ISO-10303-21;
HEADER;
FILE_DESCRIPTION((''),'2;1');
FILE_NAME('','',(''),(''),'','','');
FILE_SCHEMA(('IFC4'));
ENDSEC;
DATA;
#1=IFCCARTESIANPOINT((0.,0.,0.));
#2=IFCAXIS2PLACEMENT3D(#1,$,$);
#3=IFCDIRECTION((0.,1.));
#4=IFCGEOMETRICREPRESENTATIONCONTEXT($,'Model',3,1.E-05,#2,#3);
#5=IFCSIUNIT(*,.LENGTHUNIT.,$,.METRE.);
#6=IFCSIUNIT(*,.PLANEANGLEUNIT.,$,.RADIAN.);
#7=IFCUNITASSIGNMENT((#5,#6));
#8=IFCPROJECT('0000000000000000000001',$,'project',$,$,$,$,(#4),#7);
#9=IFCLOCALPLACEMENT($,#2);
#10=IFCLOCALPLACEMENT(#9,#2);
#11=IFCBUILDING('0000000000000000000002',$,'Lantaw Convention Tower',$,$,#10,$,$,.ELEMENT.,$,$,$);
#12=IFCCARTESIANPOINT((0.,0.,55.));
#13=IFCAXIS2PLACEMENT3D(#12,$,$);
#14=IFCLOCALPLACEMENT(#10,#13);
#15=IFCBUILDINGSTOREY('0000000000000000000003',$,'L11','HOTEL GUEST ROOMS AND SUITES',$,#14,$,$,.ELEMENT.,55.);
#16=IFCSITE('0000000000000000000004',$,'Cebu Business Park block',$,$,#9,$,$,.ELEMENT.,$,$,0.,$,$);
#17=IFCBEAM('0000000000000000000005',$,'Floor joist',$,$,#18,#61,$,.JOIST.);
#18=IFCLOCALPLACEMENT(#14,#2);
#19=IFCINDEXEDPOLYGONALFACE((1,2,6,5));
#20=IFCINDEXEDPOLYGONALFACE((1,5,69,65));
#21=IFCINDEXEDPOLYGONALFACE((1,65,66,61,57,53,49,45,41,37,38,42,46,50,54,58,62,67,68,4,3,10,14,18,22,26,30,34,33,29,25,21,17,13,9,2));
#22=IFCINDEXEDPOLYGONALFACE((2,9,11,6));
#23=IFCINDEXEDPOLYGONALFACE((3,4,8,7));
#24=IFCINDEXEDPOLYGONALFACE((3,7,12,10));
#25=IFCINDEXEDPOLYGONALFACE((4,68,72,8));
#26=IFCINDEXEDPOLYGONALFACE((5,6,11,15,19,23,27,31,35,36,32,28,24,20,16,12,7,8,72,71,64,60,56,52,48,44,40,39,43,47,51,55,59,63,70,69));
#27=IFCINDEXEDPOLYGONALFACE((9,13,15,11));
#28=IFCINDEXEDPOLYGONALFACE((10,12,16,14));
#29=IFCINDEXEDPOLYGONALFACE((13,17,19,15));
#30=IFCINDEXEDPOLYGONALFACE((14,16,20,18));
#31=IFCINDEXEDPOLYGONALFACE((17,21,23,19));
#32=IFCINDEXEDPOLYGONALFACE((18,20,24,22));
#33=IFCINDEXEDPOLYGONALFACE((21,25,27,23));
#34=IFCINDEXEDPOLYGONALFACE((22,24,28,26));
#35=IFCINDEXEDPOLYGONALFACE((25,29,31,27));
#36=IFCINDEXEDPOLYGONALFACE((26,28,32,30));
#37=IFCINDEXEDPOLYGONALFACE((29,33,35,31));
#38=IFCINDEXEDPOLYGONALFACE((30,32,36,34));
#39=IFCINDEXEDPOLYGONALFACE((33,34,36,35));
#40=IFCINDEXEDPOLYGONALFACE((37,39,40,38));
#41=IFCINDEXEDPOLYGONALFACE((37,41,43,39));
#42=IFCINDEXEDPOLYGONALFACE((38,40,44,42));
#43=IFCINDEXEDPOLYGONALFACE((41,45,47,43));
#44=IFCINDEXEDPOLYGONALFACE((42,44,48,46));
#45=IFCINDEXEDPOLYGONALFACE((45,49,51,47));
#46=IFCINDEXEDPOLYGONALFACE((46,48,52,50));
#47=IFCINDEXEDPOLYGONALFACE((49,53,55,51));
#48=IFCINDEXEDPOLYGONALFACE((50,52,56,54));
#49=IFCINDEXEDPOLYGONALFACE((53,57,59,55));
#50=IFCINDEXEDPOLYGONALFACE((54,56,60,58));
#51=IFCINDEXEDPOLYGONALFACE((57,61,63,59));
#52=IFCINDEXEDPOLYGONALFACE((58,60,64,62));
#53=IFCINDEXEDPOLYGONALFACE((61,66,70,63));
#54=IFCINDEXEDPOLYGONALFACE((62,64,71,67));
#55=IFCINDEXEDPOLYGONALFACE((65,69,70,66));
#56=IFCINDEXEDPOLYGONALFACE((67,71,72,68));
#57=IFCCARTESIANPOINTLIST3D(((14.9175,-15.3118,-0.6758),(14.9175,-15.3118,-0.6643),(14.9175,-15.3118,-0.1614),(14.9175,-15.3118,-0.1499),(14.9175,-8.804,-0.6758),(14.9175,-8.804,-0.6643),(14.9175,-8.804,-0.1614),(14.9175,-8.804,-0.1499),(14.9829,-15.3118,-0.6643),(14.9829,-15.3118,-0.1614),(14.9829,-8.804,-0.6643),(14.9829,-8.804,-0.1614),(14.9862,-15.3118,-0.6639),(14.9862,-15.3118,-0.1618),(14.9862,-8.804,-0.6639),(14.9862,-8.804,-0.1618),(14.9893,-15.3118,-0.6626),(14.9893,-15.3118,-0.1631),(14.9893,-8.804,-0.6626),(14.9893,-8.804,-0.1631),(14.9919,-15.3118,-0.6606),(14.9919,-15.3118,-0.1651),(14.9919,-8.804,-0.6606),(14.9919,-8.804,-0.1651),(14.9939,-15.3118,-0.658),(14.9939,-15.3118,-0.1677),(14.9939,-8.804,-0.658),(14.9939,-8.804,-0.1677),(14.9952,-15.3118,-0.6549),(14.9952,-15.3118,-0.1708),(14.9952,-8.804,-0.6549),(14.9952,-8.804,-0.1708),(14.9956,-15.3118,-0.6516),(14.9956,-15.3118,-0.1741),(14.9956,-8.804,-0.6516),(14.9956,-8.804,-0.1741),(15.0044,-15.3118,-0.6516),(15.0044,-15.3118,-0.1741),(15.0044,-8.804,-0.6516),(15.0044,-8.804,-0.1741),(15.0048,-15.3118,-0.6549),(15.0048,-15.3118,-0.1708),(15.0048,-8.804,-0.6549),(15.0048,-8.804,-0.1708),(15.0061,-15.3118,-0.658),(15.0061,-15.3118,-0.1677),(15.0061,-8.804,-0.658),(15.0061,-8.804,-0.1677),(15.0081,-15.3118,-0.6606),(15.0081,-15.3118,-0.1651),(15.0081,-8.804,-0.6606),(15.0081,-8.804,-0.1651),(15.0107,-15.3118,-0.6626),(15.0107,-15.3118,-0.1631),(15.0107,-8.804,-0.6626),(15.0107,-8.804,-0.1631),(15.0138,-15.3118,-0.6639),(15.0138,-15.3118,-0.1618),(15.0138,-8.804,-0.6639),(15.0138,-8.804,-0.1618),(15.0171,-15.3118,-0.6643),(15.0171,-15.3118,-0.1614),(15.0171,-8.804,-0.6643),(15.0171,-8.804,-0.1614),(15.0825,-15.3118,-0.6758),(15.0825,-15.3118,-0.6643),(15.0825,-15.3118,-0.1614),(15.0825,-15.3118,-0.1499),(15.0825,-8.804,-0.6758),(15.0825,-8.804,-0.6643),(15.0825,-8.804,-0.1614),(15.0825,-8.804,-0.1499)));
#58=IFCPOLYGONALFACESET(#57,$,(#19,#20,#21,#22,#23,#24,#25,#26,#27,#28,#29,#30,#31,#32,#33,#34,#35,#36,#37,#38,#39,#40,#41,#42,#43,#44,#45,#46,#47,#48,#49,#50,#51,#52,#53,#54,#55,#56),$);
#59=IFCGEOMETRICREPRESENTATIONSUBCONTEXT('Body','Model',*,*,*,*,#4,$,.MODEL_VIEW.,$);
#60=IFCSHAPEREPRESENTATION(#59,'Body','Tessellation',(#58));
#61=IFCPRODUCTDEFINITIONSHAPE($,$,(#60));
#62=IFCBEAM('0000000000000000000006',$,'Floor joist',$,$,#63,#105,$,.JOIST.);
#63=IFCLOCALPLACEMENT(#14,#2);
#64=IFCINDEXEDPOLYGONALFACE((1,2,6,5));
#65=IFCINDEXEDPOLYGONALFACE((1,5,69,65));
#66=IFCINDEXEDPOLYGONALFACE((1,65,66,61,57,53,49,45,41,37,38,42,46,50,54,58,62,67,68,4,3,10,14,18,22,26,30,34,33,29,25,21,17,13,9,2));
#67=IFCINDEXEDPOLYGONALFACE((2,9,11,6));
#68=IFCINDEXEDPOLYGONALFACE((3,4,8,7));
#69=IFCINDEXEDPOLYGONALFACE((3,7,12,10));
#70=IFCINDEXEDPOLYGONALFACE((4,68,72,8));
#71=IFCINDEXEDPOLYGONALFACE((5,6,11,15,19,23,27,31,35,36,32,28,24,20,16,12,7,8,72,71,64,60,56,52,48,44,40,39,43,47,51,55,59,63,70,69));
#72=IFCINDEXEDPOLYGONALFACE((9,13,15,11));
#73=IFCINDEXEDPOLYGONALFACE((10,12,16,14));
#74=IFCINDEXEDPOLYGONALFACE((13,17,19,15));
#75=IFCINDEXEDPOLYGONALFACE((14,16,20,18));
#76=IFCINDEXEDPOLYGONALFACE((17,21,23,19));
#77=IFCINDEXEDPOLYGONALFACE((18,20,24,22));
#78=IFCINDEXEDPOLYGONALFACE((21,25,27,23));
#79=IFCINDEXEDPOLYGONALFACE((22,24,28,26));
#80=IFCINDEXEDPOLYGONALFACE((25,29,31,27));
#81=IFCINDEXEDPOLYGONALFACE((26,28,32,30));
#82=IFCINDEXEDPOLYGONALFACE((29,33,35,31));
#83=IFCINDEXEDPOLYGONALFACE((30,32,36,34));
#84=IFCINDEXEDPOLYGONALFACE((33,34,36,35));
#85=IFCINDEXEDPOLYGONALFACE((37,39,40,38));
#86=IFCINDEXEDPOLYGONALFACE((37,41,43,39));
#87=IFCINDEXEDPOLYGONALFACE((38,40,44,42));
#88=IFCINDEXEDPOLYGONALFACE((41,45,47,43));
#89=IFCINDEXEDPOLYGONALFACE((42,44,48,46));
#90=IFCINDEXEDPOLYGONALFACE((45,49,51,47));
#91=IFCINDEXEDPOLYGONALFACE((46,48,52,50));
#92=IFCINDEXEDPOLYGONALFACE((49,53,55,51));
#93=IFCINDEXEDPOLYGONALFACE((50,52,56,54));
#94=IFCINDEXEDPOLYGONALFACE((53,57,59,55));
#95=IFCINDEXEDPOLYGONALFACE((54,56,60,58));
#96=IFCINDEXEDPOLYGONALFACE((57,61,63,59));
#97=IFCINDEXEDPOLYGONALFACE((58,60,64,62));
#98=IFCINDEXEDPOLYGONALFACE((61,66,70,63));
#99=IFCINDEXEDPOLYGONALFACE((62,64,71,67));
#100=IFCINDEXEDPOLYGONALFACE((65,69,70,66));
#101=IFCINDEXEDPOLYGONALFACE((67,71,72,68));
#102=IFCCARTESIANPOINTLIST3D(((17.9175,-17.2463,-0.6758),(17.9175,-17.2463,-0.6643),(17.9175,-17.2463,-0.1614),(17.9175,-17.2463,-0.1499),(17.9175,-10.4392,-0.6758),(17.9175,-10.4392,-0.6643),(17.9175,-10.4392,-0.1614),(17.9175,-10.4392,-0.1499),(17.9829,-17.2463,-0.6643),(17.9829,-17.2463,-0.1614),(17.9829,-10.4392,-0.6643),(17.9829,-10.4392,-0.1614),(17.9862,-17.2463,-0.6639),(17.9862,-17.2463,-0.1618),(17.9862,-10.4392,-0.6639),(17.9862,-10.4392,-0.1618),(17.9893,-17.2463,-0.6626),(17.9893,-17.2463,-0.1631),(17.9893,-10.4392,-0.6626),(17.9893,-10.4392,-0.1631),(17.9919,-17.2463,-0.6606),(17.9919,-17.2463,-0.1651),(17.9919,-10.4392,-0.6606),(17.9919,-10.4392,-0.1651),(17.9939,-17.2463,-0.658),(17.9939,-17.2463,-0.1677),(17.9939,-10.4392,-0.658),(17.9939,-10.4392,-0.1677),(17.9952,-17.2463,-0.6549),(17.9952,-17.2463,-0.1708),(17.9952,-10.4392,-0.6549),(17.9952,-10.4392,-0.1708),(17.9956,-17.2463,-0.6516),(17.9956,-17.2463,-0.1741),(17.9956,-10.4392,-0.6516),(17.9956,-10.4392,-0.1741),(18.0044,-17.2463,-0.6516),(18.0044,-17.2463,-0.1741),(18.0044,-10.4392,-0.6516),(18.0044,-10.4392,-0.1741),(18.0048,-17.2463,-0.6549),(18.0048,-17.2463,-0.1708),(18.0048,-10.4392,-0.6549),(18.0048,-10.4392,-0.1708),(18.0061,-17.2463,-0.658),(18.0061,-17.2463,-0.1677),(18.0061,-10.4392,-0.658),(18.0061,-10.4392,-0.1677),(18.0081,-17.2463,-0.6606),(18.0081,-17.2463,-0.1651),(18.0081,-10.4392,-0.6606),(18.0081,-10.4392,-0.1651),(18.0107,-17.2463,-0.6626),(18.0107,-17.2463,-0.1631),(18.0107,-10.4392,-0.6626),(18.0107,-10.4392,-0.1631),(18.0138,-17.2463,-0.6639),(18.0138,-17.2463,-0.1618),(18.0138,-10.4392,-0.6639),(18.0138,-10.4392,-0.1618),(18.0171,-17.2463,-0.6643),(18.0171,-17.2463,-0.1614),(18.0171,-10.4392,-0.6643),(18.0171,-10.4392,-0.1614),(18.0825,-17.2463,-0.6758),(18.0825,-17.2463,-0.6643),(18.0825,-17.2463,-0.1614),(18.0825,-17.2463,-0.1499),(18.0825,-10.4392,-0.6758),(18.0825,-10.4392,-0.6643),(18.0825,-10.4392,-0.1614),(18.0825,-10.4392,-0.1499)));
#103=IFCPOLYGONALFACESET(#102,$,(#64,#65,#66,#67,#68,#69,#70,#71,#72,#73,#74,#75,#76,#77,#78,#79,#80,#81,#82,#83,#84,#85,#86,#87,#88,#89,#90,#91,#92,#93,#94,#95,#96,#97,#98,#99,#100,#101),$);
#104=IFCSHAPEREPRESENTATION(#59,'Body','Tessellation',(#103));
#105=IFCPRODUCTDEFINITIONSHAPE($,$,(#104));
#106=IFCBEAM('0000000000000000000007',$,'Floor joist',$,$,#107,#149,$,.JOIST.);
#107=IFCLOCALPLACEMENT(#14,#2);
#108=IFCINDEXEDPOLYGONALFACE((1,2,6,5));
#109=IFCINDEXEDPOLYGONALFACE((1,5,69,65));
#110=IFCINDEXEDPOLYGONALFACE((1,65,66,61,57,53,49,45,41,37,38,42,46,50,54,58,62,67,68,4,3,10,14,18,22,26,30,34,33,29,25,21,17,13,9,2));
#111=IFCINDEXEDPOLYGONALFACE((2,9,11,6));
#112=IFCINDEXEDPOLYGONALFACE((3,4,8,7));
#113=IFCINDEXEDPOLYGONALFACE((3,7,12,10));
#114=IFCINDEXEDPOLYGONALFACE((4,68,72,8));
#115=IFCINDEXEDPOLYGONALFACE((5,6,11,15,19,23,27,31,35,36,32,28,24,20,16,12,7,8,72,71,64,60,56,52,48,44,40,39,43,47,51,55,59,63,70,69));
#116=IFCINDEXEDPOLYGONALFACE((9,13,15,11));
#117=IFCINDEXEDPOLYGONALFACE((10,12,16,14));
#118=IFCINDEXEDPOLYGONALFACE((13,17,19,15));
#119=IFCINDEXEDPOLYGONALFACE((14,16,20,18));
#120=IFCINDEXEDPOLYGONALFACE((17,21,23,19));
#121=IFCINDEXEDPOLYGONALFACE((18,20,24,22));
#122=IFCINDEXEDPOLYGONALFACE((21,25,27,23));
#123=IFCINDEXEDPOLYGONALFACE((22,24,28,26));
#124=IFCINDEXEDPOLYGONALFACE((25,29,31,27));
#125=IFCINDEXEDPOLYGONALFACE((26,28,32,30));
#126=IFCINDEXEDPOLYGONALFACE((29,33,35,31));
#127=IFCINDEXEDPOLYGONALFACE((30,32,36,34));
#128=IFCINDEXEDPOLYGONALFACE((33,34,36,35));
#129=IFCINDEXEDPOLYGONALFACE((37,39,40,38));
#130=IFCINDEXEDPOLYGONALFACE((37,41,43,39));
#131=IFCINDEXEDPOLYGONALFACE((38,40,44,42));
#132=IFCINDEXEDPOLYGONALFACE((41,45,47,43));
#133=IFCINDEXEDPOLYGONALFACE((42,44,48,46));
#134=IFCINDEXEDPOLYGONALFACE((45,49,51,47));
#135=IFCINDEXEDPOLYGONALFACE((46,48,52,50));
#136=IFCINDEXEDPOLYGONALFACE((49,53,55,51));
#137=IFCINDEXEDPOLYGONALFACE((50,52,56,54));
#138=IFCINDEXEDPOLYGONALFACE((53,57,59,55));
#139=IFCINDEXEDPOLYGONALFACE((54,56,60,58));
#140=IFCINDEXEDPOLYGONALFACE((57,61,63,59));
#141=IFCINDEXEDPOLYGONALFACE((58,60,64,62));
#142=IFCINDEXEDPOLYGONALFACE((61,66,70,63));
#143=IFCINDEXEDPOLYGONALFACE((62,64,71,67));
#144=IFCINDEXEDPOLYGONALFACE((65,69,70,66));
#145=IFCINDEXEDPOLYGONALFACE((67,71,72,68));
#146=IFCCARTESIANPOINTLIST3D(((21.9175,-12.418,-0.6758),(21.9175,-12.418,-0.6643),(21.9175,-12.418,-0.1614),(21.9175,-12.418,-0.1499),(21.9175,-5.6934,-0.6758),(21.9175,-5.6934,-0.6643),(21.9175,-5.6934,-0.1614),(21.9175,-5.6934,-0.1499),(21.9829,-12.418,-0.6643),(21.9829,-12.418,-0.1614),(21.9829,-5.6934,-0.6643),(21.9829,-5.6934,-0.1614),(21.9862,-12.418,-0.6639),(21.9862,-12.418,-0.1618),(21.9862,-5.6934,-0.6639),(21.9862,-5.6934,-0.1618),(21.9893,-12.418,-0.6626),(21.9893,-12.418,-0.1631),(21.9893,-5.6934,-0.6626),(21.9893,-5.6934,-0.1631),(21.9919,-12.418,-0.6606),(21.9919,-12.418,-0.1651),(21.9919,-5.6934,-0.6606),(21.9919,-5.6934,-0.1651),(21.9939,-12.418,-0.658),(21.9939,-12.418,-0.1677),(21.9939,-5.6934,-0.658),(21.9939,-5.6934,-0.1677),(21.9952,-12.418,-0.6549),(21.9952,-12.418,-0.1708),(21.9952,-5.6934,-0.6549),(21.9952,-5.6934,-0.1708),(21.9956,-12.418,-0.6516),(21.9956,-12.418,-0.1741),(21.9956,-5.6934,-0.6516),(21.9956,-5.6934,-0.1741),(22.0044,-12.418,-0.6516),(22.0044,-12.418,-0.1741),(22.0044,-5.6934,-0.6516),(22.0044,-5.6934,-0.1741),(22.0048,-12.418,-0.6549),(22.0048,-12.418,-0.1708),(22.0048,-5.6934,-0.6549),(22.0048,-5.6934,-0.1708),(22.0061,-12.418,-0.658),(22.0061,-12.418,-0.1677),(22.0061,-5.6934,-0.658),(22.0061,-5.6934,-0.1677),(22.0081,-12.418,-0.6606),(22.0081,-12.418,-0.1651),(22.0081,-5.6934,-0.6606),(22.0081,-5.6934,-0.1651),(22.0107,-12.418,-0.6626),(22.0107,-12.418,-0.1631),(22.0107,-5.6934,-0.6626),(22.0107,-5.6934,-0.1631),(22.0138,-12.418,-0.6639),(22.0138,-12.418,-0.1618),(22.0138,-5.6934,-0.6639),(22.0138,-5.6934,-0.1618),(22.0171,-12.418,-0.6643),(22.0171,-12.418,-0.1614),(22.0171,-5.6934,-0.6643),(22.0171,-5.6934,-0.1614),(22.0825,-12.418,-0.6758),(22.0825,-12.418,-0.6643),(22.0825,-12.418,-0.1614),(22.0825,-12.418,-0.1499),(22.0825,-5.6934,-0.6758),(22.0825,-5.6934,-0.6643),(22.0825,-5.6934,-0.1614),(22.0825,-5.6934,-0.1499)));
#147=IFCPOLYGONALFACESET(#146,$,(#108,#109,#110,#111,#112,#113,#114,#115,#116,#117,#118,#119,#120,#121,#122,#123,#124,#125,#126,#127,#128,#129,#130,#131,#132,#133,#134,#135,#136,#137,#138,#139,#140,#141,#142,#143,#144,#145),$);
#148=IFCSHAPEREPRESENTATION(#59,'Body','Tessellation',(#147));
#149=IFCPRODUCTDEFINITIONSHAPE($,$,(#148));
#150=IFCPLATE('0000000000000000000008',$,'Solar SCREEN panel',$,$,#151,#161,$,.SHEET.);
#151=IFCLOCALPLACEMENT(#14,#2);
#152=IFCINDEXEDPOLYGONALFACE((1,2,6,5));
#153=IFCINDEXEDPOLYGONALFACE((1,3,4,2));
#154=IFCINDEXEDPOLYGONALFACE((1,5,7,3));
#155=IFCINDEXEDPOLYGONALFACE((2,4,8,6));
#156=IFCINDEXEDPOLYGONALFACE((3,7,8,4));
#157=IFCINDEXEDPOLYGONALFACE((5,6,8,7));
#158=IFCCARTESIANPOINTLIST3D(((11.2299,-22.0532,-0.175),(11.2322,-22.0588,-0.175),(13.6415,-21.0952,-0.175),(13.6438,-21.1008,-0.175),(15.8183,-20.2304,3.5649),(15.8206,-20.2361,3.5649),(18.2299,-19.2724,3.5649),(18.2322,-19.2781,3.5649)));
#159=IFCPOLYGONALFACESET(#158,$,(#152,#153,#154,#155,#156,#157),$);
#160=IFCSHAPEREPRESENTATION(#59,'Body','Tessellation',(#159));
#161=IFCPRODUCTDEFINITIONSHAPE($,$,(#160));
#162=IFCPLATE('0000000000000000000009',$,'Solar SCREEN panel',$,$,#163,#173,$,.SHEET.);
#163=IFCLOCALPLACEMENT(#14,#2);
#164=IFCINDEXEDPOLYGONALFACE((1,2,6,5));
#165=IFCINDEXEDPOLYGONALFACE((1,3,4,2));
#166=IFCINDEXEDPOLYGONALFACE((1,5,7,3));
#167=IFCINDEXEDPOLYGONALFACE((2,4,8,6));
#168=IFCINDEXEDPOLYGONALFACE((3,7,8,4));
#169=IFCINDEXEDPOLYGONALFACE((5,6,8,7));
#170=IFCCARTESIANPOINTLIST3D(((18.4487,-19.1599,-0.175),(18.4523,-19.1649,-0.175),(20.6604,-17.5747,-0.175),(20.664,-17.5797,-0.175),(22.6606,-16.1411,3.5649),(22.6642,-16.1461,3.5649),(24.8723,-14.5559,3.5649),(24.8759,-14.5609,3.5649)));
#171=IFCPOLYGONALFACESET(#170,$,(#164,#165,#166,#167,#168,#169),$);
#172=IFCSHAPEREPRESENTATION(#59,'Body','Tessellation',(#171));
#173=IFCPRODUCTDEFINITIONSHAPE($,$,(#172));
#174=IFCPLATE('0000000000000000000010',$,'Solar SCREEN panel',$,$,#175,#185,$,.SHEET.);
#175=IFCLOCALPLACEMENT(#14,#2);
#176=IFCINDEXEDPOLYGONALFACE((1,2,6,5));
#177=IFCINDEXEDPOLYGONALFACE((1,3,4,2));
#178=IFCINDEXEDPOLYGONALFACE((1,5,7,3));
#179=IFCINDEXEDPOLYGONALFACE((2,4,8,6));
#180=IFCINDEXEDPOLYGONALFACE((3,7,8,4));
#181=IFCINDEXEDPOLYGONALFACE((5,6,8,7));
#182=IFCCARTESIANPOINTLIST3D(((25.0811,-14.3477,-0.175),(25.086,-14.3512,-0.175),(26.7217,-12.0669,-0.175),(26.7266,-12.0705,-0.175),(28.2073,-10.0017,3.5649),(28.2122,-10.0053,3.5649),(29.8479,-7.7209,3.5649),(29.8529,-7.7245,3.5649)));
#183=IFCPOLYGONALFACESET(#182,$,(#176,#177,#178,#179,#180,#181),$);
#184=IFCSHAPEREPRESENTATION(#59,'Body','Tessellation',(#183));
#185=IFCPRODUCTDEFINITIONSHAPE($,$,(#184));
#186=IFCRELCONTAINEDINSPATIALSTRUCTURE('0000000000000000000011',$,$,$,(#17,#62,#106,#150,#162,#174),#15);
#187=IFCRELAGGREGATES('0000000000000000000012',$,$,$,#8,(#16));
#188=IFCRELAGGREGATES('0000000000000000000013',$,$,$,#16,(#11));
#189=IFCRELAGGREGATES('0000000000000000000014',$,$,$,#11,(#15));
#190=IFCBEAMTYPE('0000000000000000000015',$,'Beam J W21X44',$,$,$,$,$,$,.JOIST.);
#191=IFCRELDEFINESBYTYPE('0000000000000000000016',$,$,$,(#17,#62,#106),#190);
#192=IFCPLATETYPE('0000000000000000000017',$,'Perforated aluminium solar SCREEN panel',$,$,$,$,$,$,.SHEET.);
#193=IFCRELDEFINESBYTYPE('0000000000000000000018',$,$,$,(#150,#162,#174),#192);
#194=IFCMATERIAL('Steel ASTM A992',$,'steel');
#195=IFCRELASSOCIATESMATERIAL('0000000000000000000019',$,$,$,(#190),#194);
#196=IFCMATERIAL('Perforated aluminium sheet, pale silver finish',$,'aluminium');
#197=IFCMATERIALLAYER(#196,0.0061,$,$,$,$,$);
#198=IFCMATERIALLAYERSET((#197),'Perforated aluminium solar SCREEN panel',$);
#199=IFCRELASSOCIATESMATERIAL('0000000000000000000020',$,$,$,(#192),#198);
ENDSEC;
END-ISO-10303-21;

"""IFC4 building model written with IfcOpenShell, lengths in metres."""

from ifc_helpers import new_model, si_unit, direction, frame, origin, origin_2d, place, context, subcontext, project, spatial, polyline, i_section, outline, extrude, material, layer, layer_set, material_profile, profile_set, type_object, element, save


model = new_model("IFC4")

# Units and contexts
model_context = context("Model", 3, precision=1e-05, world=origin(), true_north=direction((0.0, 1.0)))
body_context = subcontext(model_context, "Body", "Model", "MODEL_VIEW")
ifc_project = project(units=[si_unit("LENGTHUNIT", "METRE"), si_unit("PLANEANGLEUNIT", "RADIAN")], contexts=[model_context])

# Site, building, storey
site_placement = place(None, origin())
site = spatial("IfcSite", under=ifc_project, at=site_placement, Name="Cebu Business Park block", CompositionType="ELEMENT", RefElevation=0.0)
building_placement = place(site_placement, origin())
building = spatial("IfcBuilding", under=site, at=building_placement, Name="Lantaw Convention Tower", CompositionType="ELEMENT")
storey_placement = place(building_placement, frame((0.0, 0.0, 55.0)))
storey = spatial("IfcBuildingStorey", under=building, at=storey_placement, Name="L11", Description="HOTEL GUEST ROOMS AND SUITES", CompositionType="ELEMENT", Elevation=55.0)

# Beams
ifc_material_1 = material(Name="Steel ASTM A992", Category="steel")
ifc_material_profile_1 = material_profile(ifc_material_1, i_section(OverallWidth=0.165, OverallDepth=0.5259, WebThickness=0.0088, FlangeThickness=0.0115, FilletRadius=0.0127, at=origin_2d()), Name="W21X44")
ifc_profile_set_1 = profile_set([ifc_material_profile_1], Name="Steel ASTM A992")
beam_type_1 = type_object("IfcBeamType", Name="Beam J W21X44", PredefinedType="JOIST", material=ifc_profile_set_1)
beam_1_placement = place(storey_placement, frame((15.0, -15.3118, -0.4128), z_axis=(0.0, 1.0, 0.0), x_axis=(-1.0, 0.0, 0.0)))
element("IfcBeam", 1, at=beam_1_placement, inside=storey, type_object=beam_type_1, Name="Floor joist", PredefinedType="JOIST", context=body_context, shape_type="SweptSolid", body=[
    extrude(i_section(OverallWidth=0.165, OverallDepth=0.5259, WebThickness=0.0088, FlangeThickness=0.0115, FilletRadius=0.0127, at=origin_2d()), origin(), (0.0, 0.0, 1.0), 6.5078),
])
beam_2_placement = place(storey_placement, frame((18.0, -17.2463, -0.4128), z_axis=(0.0, 1.0, 0.0), x_axis=(-1.0, 0.0, 0.0)))
element("IfcBeam", 2, at=beam_2_placement, inside=storey, type_object=beam_type_1, Name="Floor joist", PredefinedType="JOIST", context=body_context, shape_type="SweptSolid", body=[
    extrude(i_section(OverallWidth=0.165, OverallDepth=0.5259, WebThickness=0.0088, FlangeThickness=0.0115, FilletRadius=0.0127, at=origin_2d()), origin(), (0.0, 0.0, 1.0), 6.8071),
])
beam_3_placement = place(storey_placement, frame((22.0, -12.418, -0.4128), z_axis=(0.0, 1.0, 0.0), x_axis=(-1.0, 0.0, 0.0)))
element("IfcBeam", 3, at=beam_3_placement, inside=storey, type_object=beam_type_1, Name="Floor joist", PredefinedType="JOIST", context=body_context, shape_type="SweptSolid", body=[
    extrude(i_section(OverallWidth=0.165, OverallDepth=0.5259, WebThickness=0.0088, FlangeThickness=0.0115, FilletRadius=0.0127, at=origin_2d()), origin(), (0.0, 0.0, 1.0), 6.7246),
])

# Plates
ifc_material_2 = material(Name="Perforated aluminium sheet, pale silver finish", Category="aluminium")
ifc_layer_1 = layer(ifc_material_2, 0.0061)
ifc_layer_set_1 = layer_set([ifc_layer_1], Name="Perforated aluminium solar SCREEN panel")
plate_type = type_object("IfcPlateType", Name="Perforated aluminium solar SCREEN panel", PredefinedType="SHEET", material=ifc_layer_set_1)
plate_1_placement = place(storey_placement, frame((11.2322, -22.0588, -0.175), z_axis=(0.369184, -0.929357, 0.000009), x_axis=(0.929357, 0.369184, 0.0)))
element("IfcPlate", 4, at=plate_1_placement, inside=storey, type_object=plate_type, Name="Solar SCREEN panel", PredefinedType="SHEET", context=body_context, shape_type="SweptSolid", body=[
    extrude(outline(polyline([(0.0, 0.0), (2.5949, 0.0), (7.5321, 3.74), (4.9372, 3.74), (0.0, 0.0)])), origin(), (0.0, 0.0, -1.0), 0.0061),
])
plate_2_placement = place(storey_placement, frame((18.4487, -19.1599, -0.175), z_axis=(-0.582561, 0.812787, 0.000016), x_axis=(0.812787, 0.582561, 0.0)))
element("IfcPlate", 5, at=plate_2_placement, inside=storey, type_object=plate_type, Name="Solar SCREEN panel", PredefinedType="SHEET", context=body_context, shape_type="SweptSolid", body=[
    extrude(outline(polyline([(0.0, 0.0), (2.7211, 0.0), (7.9031, -3.74), (5.182, -3.74), (0.0, 0.0)])), origin(), (0.0, 0.0, -1.0), 0.0061),
])
plate_3_placement = place(storey_placement, frame((25.0811, -14.3477, -0.175), z_axis=(-0.811791, 0.583948, 0.000009), x_axis=(0.583948, 0.811791, 0.0)))
element("IfcPlate", 6, at=plate_3_placement, inside=storey, type_object=plate_type, Name="Solar SCREEN panel", PredefinedType="SHEET", context=body_context, shape_type="SweptSolid", body=[
    extrude(outline(polyline([(0.0, 0.0), (2.8095, 0.0), (8.1631, -3.74), (5.3536, -3.74), (0.0, 0.0)])), origin(), (0.0, 0.0, -1.0), 0.0061),
])

save(model, "model.ifc")
